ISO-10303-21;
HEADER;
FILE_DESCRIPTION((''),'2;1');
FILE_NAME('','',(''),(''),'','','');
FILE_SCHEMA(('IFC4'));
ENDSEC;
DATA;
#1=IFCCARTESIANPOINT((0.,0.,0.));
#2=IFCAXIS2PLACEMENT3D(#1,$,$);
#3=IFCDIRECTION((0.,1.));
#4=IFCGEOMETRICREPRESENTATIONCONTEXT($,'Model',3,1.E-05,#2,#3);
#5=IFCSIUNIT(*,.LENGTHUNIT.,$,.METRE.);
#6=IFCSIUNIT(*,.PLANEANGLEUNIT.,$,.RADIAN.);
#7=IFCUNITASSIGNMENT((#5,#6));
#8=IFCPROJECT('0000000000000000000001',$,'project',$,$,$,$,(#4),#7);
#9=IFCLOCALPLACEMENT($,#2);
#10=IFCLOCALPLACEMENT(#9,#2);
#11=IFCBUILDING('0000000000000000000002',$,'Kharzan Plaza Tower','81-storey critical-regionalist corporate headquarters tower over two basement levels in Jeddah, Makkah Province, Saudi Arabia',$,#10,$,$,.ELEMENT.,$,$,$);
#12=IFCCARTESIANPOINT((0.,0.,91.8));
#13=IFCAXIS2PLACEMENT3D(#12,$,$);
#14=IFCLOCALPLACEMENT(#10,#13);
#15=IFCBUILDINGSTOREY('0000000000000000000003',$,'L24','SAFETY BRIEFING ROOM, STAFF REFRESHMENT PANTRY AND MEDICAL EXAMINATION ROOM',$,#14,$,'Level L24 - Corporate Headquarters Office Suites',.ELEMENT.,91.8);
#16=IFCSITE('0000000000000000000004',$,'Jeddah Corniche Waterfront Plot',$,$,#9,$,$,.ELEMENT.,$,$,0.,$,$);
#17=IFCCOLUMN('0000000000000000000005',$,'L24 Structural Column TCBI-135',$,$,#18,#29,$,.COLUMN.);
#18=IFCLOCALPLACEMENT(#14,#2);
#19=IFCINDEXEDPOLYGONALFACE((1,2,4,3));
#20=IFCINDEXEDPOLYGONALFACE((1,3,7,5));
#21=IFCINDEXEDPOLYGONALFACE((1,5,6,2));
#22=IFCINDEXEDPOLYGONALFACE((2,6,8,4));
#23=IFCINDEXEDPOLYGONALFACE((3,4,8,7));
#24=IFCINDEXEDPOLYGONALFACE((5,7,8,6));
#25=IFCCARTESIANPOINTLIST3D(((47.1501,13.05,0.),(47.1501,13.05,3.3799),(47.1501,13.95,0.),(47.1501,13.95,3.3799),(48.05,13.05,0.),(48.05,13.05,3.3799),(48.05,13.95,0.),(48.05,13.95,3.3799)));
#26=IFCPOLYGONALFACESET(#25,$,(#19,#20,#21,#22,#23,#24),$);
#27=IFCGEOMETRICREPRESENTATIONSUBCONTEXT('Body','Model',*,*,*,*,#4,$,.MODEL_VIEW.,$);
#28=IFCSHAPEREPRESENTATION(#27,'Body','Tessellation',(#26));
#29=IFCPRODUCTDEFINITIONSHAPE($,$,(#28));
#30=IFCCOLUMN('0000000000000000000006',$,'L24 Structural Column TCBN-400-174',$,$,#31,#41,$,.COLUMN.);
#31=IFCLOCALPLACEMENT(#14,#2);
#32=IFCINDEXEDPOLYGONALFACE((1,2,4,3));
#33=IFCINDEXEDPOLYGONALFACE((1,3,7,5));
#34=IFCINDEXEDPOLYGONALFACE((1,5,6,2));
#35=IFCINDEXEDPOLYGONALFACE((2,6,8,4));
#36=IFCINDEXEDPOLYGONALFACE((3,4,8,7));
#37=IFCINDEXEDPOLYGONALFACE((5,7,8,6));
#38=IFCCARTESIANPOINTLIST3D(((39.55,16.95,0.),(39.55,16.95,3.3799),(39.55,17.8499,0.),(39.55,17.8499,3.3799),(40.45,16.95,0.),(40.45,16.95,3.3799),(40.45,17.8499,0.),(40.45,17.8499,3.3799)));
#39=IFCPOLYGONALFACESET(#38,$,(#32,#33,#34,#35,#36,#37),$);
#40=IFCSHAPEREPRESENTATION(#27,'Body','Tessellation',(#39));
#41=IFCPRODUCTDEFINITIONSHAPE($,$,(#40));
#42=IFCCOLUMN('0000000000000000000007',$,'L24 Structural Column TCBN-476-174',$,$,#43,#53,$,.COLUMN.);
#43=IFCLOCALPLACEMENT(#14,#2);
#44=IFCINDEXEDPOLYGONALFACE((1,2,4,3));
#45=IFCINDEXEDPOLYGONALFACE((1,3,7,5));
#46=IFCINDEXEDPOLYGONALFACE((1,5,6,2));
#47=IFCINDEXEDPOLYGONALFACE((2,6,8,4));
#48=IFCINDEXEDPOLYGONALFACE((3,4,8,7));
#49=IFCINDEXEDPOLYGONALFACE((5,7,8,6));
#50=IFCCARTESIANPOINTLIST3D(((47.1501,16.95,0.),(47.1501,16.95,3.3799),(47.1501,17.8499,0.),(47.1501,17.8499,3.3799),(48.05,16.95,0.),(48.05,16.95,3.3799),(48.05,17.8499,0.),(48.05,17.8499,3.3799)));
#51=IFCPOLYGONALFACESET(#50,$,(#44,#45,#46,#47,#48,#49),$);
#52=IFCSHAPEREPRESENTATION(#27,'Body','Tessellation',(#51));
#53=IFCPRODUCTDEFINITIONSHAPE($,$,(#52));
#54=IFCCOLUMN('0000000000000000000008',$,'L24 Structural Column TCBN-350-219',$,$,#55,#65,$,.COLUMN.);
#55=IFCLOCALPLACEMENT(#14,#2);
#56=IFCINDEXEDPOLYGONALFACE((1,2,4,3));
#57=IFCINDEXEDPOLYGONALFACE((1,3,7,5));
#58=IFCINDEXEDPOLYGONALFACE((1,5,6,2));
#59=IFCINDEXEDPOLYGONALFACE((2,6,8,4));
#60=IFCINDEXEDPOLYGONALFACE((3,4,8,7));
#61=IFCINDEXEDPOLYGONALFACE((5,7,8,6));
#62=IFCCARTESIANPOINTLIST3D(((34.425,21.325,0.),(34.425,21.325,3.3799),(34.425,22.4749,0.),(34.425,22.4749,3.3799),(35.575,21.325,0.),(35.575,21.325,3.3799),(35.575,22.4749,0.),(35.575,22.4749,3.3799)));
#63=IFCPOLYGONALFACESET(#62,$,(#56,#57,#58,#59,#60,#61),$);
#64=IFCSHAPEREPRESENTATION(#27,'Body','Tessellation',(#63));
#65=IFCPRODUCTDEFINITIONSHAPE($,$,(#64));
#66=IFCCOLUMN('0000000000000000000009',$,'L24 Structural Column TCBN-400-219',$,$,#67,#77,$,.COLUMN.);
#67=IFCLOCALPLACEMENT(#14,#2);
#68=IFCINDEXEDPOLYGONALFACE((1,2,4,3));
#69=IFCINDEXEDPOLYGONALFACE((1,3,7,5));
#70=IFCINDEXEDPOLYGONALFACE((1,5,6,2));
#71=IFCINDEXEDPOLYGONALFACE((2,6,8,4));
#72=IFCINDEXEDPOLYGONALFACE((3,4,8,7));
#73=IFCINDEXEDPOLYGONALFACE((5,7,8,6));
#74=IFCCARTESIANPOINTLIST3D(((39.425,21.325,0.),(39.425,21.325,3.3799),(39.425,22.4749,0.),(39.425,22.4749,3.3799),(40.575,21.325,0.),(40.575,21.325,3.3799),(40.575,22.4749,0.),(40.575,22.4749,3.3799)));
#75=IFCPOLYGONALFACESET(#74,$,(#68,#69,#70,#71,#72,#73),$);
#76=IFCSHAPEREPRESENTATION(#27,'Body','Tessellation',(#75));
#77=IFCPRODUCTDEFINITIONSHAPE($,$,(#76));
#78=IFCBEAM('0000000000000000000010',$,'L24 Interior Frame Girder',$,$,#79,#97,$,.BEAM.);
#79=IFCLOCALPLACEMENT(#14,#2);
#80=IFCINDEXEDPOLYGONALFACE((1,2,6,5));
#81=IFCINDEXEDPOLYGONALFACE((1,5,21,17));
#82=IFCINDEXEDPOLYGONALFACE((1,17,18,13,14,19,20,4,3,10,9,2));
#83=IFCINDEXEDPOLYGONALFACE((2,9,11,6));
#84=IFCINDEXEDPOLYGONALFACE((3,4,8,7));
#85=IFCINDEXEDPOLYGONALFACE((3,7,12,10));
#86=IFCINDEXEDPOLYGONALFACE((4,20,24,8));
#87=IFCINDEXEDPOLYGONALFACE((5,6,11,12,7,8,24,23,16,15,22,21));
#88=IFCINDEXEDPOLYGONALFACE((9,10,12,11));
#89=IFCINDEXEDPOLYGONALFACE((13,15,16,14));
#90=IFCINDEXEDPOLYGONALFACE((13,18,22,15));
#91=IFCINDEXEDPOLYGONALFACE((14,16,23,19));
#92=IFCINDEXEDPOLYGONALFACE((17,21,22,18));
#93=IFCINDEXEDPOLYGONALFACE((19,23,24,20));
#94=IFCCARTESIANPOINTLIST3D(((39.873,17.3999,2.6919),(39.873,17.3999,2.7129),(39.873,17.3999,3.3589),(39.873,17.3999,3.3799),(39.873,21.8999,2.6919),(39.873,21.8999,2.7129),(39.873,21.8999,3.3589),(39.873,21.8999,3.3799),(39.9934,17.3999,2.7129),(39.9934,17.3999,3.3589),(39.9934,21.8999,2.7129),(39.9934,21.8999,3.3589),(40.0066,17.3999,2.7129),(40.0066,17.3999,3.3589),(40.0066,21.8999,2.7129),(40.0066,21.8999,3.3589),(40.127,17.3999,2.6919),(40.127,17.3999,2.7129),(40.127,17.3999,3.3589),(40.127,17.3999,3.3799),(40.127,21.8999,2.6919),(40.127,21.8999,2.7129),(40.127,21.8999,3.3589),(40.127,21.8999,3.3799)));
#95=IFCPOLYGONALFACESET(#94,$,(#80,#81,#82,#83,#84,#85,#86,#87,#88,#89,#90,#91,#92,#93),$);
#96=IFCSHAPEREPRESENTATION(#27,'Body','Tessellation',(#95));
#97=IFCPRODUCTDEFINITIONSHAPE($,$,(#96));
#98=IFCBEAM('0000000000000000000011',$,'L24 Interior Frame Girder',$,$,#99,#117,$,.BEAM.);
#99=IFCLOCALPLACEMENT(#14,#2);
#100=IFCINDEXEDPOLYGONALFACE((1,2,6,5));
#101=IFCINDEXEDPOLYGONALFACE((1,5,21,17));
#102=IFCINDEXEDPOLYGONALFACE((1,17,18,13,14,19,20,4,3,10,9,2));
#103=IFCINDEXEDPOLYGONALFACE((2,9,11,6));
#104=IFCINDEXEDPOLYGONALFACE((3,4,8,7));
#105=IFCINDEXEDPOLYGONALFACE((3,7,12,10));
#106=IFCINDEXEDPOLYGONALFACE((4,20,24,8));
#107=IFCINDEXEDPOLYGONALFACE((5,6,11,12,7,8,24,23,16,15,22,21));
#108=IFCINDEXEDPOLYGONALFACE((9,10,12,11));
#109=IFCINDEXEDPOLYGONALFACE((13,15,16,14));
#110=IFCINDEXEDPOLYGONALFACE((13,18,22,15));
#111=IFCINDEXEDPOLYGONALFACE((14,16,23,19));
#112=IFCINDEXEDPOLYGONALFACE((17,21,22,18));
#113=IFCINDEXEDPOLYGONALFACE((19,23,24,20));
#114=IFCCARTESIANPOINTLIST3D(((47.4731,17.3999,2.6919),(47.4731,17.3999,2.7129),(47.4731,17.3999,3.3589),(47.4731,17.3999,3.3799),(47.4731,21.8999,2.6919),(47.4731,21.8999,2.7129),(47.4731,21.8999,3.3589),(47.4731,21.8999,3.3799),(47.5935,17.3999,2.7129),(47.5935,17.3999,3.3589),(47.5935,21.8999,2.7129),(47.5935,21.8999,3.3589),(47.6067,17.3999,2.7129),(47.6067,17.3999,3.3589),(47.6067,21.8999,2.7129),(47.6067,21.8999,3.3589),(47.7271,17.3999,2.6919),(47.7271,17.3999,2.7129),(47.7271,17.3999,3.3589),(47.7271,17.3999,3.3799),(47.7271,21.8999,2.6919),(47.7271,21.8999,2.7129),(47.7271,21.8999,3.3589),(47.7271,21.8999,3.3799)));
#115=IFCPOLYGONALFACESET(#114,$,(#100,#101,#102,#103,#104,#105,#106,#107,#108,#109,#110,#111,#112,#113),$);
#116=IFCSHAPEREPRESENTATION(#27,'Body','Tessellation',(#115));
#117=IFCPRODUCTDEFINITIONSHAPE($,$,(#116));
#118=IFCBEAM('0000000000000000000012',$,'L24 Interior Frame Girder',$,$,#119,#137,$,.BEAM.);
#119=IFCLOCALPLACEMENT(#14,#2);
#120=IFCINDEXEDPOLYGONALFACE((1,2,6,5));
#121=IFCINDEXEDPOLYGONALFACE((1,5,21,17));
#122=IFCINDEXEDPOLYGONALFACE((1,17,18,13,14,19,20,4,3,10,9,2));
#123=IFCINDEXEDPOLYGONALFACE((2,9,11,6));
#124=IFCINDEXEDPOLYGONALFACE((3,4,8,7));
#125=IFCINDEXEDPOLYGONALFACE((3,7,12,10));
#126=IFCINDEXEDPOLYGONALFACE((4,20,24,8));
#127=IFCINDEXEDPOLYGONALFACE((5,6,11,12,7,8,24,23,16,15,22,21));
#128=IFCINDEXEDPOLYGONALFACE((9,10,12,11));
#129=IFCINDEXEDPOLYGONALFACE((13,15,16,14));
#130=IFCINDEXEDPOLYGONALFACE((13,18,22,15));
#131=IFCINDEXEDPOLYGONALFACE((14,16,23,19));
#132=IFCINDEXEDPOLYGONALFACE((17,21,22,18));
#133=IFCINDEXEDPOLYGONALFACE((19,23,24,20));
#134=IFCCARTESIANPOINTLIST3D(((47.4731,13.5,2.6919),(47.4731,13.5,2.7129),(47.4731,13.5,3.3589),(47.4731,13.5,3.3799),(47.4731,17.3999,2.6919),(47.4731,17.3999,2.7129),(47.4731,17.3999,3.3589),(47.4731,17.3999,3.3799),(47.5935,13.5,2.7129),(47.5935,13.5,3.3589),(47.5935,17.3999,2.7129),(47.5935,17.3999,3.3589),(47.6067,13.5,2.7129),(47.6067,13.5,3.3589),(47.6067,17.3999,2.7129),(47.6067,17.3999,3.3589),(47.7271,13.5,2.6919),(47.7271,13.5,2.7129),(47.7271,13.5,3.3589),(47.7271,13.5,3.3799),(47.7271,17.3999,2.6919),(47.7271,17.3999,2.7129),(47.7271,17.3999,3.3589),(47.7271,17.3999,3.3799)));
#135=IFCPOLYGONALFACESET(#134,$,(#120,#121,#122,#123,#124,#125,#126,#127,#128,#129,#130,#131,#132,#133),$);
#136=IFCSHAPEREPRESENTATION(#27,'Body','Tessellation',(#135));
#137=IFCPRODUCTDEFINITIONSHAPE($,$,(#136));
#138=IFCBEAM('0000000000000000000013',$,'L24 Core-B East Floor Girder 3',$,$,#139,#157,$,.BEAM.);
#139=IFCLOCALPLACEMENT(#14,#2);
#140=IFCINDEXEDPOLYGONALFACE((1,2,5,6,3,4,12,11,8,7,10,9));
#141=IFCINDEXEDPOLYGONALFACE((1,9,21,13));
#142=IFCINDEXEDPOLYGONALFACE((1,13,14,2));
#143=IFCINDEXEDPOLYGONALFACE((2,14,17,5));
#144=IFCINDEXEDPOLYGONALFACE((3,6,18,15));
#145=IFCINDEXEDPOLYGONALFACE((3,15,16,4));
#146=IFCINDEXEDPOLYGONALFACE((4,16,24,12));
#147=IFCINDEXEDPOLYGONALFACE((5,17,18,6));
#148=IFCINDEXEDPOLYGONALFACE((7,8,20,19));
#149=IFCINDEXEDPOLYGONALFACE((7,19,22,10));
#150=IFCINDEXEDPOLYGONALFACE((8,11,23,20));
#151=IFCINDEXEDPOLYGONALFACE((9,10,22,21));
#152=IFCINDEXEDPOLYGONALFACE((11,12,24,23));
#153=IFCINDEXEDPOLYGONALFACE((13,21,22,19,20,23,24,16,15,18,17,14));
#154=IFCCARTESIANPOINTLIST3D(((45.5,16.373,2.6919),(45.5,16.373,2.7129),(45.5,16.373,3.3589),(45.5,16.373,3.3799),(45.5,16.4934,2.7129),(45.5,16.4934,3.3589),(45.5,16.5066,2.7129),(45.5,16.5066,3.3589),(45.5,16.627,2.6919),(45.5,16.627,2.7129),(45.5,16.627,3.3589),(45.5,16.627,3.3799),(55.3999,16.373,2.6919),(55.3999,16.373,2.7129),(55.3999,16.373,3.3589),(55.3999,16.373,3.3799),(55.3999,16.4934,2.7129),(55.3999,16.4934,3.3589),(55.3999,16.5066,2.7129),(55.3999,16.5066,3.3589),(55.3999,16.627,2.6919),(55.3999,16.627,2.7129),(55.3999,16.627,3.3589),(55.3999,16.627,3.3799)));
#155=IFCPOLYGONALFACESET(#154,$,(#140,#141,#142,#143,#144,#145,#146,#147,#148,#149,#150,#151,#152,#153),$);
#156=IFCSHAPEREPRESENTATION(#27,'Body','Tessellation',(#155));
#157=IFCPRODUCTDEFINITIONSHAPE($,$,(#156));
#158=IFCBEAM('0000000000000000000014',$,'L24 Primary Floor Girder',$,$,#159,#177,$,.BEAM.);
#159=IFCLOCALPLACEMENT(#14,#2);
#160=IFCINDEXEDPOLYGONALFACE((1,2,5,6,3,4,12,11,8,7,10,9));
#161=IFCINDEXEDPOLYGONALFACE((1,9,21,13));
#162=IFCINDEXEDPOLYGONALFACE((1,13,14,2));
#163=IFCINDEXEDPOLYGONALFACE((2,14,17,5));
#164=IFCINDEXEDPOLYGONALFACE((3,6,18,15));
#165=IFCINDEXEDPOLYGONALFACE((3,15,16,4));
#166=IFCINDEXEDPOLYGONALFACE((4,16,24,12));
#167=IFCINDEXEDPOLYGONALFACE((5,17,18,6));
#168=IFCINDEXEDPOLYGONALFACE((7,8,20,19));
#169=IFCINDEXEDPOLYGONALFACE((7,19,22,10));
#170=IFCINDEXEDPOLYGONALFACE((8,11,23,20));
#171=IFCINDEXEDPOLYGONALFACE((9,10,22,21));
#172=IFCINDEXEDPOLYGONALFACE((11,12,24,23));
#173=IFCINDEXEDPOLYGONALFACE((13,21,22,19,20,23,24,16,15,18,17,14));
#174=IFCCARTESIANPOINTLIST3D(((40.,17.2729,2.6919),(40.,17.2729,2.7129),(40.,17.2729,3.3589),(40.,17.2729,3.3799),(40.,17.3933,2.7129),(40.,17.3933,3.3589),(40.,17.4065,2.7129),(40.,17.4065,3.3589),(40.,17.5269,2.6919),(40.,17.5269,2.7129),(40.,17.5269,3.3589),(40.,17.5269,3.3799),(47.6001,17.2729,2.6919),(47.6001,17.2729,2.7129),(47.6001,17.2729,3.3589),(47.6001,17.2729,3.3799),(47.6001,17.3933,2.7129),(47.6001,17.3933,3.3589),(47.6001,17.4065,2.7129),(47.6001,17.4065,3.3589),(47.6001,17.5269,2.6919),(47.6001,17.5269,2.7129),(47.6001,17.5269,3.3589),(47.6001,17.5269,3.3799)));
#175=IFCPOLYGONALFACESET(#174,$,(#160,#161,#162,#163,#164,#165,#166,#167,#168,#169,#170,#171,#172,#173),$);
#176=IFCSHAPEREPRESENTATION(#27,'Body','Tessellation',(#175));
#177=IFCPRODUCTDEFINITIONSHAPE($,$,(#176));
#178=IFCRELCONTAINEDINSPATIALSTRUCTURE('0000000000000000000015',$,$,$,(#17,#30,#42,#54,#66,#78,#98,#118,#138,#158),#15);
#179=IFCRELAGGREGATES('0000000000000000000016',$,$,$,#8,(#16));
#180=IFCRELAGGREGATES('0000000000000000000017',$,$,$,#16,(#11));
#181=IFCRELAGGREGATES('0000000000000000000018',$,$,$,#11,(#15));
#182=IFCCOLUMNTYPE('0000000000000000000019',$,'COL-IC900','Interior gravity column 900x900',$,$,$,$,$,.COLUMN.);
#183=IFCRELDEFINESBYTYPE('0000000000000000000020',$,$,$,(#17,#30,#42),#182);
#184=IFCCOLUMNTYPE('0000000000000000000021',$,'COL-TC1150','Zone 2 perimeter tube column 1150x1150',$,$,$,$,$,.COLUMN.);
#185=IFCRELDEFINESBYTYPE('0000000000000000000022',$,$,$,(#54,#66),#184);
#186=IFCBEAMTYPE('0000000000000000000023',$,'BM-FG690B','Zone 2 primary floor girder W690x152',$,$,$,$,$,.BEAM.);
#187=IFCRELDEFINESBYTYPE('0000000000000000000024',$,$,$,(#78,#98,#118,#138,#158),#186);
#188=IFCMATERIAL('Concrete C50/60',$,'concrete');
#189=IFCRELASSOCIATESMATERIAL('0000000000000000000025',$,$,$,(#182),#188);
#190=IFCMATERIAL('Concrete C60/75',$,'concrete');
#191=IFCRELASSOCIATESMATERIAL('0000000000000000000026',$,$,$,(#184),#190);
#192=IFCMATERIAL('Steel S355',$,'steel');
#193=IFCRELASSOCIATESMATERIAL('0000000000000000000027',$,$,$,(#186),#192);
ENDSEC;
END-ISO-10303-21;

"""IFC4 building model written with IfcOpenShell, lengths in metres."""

from ifc_helpers import new_model, si_unit, direction, frame, origin, origin_2d, place, context, subcontext, project, spatial, rectangle, i_section, extrude, source, transform, mapped, material, material_profile, profile_set, type_object, element, save


model = new_model("IFC4")

# Units and contexts
model_context = context("Model", 3, precision=1e-05, world=origin(), true_north=direction((0.0, 1.0)))
body_context = subcontext(model_context, "Body", "Model", "MODEL_VIEW")
ifc_project = project(units=[si_unit("LENGTHUNIT", "METRE"), si_unit("PLANEANGLEUNIT", "RADIAN")], contexts=[model_context])

# Site, building, storey
site_placement = place(None, origin())
site = spatial("IfcSite", under=ifc_project, at=site_placement, Name="Jeddah Corniche Waterfront Plot", CompositionType="ELEMENT", RefElevation=0.0)
building_placement = place(site_placement, origin())
building = spatial("IfcBuilding", under=site, at=building_placement, Name="Kharzan Plaza Tower", Description="81-storey critical-regionalist corporate headquarters tower over two basement levels in Jeddah, Makkah Province, Saudi Arabia", CompositionType="ELEMENT")
storey_placement = place(building_placement, frame((0.0, 0.0, 91.8)))
storey = spatial("IfcBuildingStorey", under=building, at=storey_placement, Name="L24", Description="SAFETY BRIEFING ROOM, STAFF REFRESHMENT PANTRY AND MEDICAL EXAMINATION ROOM", LongName="Level L24 - Corporate Headquarters Office Suites", CompositionType="ELEMENT", Elevation=91.8)

# Columns
ifc_material_1 = material(Name="Concrete C50/60", Category="concrete")
ifc_material_profile_1 = material_profile(ifc_material_1, rectangle(XDim=0.8999, YDim=0.8999, at=origin_2d()), Name="RC-IC900x900")
ifc_profile_set_1 = profile_set([ifc_material_profile_1], Name="Concrete C50/60")
column_type_1 = type_object("IfcColumnType", Name="COL-IC900", Description="Interior gravity column 900x900", PredefinedType="COLUMN", material=ifc_profile_set_1)
shared_shape_1 = source(origin(), body_context, "Body", "SweptSolid", [
    extrude(rectangle(XDim=0.8999, YDim=0.8999, at=origin_2d()), origin(), (0.0, 0.0, 1.0), 3.3799),
])
for number, where, z_axis, x_axis, name in (
    (1, (47.6001, 13.5, 0.0), (0.0, 0.0, 1.0), (1.0, 0.0, 0.0), "L24 Structural Column TCBI-135"),
    (2, (40.0, 17.3999, 0.0), (0.0, 0.0, 1.0), (1.0, 0.0, 0.0), "L24 Structural Column TCBN-400-174"),
    (3, (47.6001, 17.3999, 0.0), (0.0, 0.0, 1.0), (1.0, 0.0, 0.0), "L24 Structural Column TCBN-476-174"),
):
    element("IfcColumn", number, at=place(storey_placement, frame(where, z_axis=z_axis, x_axis=x_axis)), inside=storey, type_object=column_type_1, Name=name, PredefinedType="COLUMN", context=body_context, shape_type="MappedRepresentation", body=[
        mapped(shared_shape_1, transform((0.0, 0.0, 0.0), x_axis=(1.0, 0.0, 0.0), y_axis=(0.0, 1.0, 0.0), z_axis=(0.0, 0.0, 1.0))),
    ])
ifc_material_2 = material(Name="Concrete C60/75", Category="concrete")
ifc_material_profile_2 = material_profile(ifc_material_2, rectangle(XDim=1.1499, YDim=1.1499, at=origin_2d()), Name="RC-TC1150x1150")
ifc_profile_set_2 = profile_set([ifc_material_profile_2], Name="Concrete C60/75")
column_type_2 = type_object("IfcColumnType", Name="COL-TC1150", Description="Zone 2 perimeter tube column 1150x1150", PredefinedType="COLUMN", material=ifc_profile_set_2)
shared_shape_2 = source(origin(), body_context, "Body", "SweptSolid", [
    extrude(rectangle(XDim=1.1499, YDim=1.1499, at=origin_2d()), origin(), (0.0, 0.0, 1.0), 3.3799),
])
for number, where, z_axis, x_axis, name in (
    (4, (35.0, 21.8999, 0.0), (0.0, 0.0, 1.0), (1.0, 0.0, 0.0), "L24 Structural Column TCBN-350-219"),
    (5, (40.0, 21.8999, 0.0), (0.0, 0.0, 1.0), (1.0, 0.0, 0.0), "L24 Structural Column TCBN-400-219"),
):
    element("IfcColumn", number, at=place(storey_placement, frame(where, z_axis=z_axis, x_axis=x_axis)), inside=storey, type_object=column_type_2, Name=name, PredefinedType="COLUMN", context=body_context, shape_type="MappedRepresentation", body=[
        mapped(shared_shape_2, transform((0.0, 0.0, 0.0), x_axis=(1.0, 0.0, 0.0), y_axis=(0.0, 1.0, 0.0), z_axis=(0.0, 0.0, 1.0))),
    ])

# Beams
ifc_material_3 = material(Name="Steel S355", Category="steel")
ifc_material_profile_3 = material_profile(ifc_material_3, i_section(OverallWidth=0.2539, OverallDepth=0.688, WebThickness=0.0132, FlangeThickness=0.021, at=origin_2d()), Name="W690x152")
ifc_profile_set_3 = profile_set([ifc_material_profile_3], Name="Steel S355")
beam_type_1 = type_object("IfcBeamType", Name="BM-FG690B", Description="Zone 2 primary floor girder W690x152", PredefinedType="BEAM", material=ifc_profile_set_3)
shared_shape_3 = source(origin(), body_context, "Body", "SweptSolid", [
    extrude(i_section(OverallWidth=0.2539, OverallDepth=0.688, WebThickness=0.0132, FlangeThickness=0.021, at=origin_2d()), origin(), (0.0, 0.0, 1.0), 4.5),
])
for number, where, z_axis, x_axis, name in (
    (6, (40.0, 17.3999, 3.0359), (0.0, 1.0, 0.0), (-1.0, 0.0, 0.0), "L24 Interior Frame Girder"),
    (7, (47.6001, 17.3999, 3.0359), (0.0, 1.0, 0.0), (-1.0, 0.0, 0.0), "L24 Interior Frame Girder"),
):
    element("IfcBeam", number, at=place(storey_placement, frame(where, z_axis=z_axis, x_axis=x_axis)), inside=storey, type_object=beam_type_1, Name=name, PredefinedType="BEAM", context=body_context, shape_type="MappedRepresentation", body=[
        mapped(shared_shape_3, transform((0.0, 0.0, 0.0), x_axis=(1.0, 0.0, 0.0), y_axis=(0.0, 1.0, 0.0), z_axis=(0.0, 0.0, 1.0))),
    ])
shared_shape_4 = source(origin(), body_context, "Body", "SweptSolid", [
    extrude(i_section(OverallWidth=0.2539, OverallDepth=0.688, WebThickness=0.0132, FlangeThickness=0.021, at=origin_2d()), origin(), (0.0, 0.0, 1.0), 3.8999),
])
beam_1_placement = place(storey_placement, frame((47.6001, 13.5, 3.0359), z_axis=(0.0, 1.0, 0.0), x_axis=(-1.0, 0.0, 0.0)))
element("IfcBeam", 8, at=beam_1_placement, inside=storey, type_object=beam_type_1, Name="L24 Interior Frame Girder", PredefinedType="BEAM", context=body_context, shape_type="MappedRepresentation", body=[
    mapped(shared_shape_4, transform((0.0, 0.0, 0.0), x_axis=(1.0, 0.0, 0.0), y_axis=(0.0, 1.0, 0.0), z_axis=(0.0, 0.0, 1.0))),
])
shared_shape_5 = source(origin(), body_context, "Body", "SweptSolid", [
    extrude(i_section(OverallWidth=0.2539, OverallDepth=0.688, WebThickness=0.0132, FlangeThickness=0.021, at=origin_2d()), origin(), (0.0, 0.0, 1.0), 9.8999),
])
beam_2_placement = place(storey_placement, frame((45.5, 16.5, 3.0359), z_axis=(1.0, 0.0, 0.0), x_axis=(0.0, 1.0, 0.0)))
element("IfcBeam", 9, at=beam_2_placement, inside=storey, type_object=beam_type_1, Name="L24 Core-B East Floor Girder 3", PredefinedType="BEAM", context=body_context, shape_type="MappedRepresentation", body=[
    mapped(shared_shape_5, transform((0.0, 0.0, 0.0), x_axis=(1.0, 0.0, 0.0), y_axis=(0.0, 1.0, 0.0), z_axis=(0.0, 0.0, 1.0))),
])
shared_shape_6 = source(origin(), body_context, "Body", "SweptSolid", [
    extrude(i_section(OverallWidth=0.2539, OverallDepth=0.688, WebThickness=0.0132, FlangeThickness=0.021, at=origin_2d()), origin(), (0.0, 0.0, 1.0), 7.6001),
])
beam_3_placement = place(storey_placement, frame((40.0, 17.3999, 3.0359), z_axis=(1.0, 0.0, 0.0), x_axis=(0.0, 1.0, 0.0)))
element("IfcBeam", 10, at=beam_3_placement, inside=storey, type_object=beam_type_1, Name="L24 Primary Floor Girder", PredefinedType="BEAM", context=body_context, shape_type="MappedRepresentation", body=[
    mapped(shared_shape_6, transform((0.0, 0.0, 0.0), x_axis=(1.0, 0.0, 0.0), y_axis=(0.0, 1.0, 0.0), z_axis=(0.0, 0.0, 1.0))),
])

save(model, "model.ifc")
